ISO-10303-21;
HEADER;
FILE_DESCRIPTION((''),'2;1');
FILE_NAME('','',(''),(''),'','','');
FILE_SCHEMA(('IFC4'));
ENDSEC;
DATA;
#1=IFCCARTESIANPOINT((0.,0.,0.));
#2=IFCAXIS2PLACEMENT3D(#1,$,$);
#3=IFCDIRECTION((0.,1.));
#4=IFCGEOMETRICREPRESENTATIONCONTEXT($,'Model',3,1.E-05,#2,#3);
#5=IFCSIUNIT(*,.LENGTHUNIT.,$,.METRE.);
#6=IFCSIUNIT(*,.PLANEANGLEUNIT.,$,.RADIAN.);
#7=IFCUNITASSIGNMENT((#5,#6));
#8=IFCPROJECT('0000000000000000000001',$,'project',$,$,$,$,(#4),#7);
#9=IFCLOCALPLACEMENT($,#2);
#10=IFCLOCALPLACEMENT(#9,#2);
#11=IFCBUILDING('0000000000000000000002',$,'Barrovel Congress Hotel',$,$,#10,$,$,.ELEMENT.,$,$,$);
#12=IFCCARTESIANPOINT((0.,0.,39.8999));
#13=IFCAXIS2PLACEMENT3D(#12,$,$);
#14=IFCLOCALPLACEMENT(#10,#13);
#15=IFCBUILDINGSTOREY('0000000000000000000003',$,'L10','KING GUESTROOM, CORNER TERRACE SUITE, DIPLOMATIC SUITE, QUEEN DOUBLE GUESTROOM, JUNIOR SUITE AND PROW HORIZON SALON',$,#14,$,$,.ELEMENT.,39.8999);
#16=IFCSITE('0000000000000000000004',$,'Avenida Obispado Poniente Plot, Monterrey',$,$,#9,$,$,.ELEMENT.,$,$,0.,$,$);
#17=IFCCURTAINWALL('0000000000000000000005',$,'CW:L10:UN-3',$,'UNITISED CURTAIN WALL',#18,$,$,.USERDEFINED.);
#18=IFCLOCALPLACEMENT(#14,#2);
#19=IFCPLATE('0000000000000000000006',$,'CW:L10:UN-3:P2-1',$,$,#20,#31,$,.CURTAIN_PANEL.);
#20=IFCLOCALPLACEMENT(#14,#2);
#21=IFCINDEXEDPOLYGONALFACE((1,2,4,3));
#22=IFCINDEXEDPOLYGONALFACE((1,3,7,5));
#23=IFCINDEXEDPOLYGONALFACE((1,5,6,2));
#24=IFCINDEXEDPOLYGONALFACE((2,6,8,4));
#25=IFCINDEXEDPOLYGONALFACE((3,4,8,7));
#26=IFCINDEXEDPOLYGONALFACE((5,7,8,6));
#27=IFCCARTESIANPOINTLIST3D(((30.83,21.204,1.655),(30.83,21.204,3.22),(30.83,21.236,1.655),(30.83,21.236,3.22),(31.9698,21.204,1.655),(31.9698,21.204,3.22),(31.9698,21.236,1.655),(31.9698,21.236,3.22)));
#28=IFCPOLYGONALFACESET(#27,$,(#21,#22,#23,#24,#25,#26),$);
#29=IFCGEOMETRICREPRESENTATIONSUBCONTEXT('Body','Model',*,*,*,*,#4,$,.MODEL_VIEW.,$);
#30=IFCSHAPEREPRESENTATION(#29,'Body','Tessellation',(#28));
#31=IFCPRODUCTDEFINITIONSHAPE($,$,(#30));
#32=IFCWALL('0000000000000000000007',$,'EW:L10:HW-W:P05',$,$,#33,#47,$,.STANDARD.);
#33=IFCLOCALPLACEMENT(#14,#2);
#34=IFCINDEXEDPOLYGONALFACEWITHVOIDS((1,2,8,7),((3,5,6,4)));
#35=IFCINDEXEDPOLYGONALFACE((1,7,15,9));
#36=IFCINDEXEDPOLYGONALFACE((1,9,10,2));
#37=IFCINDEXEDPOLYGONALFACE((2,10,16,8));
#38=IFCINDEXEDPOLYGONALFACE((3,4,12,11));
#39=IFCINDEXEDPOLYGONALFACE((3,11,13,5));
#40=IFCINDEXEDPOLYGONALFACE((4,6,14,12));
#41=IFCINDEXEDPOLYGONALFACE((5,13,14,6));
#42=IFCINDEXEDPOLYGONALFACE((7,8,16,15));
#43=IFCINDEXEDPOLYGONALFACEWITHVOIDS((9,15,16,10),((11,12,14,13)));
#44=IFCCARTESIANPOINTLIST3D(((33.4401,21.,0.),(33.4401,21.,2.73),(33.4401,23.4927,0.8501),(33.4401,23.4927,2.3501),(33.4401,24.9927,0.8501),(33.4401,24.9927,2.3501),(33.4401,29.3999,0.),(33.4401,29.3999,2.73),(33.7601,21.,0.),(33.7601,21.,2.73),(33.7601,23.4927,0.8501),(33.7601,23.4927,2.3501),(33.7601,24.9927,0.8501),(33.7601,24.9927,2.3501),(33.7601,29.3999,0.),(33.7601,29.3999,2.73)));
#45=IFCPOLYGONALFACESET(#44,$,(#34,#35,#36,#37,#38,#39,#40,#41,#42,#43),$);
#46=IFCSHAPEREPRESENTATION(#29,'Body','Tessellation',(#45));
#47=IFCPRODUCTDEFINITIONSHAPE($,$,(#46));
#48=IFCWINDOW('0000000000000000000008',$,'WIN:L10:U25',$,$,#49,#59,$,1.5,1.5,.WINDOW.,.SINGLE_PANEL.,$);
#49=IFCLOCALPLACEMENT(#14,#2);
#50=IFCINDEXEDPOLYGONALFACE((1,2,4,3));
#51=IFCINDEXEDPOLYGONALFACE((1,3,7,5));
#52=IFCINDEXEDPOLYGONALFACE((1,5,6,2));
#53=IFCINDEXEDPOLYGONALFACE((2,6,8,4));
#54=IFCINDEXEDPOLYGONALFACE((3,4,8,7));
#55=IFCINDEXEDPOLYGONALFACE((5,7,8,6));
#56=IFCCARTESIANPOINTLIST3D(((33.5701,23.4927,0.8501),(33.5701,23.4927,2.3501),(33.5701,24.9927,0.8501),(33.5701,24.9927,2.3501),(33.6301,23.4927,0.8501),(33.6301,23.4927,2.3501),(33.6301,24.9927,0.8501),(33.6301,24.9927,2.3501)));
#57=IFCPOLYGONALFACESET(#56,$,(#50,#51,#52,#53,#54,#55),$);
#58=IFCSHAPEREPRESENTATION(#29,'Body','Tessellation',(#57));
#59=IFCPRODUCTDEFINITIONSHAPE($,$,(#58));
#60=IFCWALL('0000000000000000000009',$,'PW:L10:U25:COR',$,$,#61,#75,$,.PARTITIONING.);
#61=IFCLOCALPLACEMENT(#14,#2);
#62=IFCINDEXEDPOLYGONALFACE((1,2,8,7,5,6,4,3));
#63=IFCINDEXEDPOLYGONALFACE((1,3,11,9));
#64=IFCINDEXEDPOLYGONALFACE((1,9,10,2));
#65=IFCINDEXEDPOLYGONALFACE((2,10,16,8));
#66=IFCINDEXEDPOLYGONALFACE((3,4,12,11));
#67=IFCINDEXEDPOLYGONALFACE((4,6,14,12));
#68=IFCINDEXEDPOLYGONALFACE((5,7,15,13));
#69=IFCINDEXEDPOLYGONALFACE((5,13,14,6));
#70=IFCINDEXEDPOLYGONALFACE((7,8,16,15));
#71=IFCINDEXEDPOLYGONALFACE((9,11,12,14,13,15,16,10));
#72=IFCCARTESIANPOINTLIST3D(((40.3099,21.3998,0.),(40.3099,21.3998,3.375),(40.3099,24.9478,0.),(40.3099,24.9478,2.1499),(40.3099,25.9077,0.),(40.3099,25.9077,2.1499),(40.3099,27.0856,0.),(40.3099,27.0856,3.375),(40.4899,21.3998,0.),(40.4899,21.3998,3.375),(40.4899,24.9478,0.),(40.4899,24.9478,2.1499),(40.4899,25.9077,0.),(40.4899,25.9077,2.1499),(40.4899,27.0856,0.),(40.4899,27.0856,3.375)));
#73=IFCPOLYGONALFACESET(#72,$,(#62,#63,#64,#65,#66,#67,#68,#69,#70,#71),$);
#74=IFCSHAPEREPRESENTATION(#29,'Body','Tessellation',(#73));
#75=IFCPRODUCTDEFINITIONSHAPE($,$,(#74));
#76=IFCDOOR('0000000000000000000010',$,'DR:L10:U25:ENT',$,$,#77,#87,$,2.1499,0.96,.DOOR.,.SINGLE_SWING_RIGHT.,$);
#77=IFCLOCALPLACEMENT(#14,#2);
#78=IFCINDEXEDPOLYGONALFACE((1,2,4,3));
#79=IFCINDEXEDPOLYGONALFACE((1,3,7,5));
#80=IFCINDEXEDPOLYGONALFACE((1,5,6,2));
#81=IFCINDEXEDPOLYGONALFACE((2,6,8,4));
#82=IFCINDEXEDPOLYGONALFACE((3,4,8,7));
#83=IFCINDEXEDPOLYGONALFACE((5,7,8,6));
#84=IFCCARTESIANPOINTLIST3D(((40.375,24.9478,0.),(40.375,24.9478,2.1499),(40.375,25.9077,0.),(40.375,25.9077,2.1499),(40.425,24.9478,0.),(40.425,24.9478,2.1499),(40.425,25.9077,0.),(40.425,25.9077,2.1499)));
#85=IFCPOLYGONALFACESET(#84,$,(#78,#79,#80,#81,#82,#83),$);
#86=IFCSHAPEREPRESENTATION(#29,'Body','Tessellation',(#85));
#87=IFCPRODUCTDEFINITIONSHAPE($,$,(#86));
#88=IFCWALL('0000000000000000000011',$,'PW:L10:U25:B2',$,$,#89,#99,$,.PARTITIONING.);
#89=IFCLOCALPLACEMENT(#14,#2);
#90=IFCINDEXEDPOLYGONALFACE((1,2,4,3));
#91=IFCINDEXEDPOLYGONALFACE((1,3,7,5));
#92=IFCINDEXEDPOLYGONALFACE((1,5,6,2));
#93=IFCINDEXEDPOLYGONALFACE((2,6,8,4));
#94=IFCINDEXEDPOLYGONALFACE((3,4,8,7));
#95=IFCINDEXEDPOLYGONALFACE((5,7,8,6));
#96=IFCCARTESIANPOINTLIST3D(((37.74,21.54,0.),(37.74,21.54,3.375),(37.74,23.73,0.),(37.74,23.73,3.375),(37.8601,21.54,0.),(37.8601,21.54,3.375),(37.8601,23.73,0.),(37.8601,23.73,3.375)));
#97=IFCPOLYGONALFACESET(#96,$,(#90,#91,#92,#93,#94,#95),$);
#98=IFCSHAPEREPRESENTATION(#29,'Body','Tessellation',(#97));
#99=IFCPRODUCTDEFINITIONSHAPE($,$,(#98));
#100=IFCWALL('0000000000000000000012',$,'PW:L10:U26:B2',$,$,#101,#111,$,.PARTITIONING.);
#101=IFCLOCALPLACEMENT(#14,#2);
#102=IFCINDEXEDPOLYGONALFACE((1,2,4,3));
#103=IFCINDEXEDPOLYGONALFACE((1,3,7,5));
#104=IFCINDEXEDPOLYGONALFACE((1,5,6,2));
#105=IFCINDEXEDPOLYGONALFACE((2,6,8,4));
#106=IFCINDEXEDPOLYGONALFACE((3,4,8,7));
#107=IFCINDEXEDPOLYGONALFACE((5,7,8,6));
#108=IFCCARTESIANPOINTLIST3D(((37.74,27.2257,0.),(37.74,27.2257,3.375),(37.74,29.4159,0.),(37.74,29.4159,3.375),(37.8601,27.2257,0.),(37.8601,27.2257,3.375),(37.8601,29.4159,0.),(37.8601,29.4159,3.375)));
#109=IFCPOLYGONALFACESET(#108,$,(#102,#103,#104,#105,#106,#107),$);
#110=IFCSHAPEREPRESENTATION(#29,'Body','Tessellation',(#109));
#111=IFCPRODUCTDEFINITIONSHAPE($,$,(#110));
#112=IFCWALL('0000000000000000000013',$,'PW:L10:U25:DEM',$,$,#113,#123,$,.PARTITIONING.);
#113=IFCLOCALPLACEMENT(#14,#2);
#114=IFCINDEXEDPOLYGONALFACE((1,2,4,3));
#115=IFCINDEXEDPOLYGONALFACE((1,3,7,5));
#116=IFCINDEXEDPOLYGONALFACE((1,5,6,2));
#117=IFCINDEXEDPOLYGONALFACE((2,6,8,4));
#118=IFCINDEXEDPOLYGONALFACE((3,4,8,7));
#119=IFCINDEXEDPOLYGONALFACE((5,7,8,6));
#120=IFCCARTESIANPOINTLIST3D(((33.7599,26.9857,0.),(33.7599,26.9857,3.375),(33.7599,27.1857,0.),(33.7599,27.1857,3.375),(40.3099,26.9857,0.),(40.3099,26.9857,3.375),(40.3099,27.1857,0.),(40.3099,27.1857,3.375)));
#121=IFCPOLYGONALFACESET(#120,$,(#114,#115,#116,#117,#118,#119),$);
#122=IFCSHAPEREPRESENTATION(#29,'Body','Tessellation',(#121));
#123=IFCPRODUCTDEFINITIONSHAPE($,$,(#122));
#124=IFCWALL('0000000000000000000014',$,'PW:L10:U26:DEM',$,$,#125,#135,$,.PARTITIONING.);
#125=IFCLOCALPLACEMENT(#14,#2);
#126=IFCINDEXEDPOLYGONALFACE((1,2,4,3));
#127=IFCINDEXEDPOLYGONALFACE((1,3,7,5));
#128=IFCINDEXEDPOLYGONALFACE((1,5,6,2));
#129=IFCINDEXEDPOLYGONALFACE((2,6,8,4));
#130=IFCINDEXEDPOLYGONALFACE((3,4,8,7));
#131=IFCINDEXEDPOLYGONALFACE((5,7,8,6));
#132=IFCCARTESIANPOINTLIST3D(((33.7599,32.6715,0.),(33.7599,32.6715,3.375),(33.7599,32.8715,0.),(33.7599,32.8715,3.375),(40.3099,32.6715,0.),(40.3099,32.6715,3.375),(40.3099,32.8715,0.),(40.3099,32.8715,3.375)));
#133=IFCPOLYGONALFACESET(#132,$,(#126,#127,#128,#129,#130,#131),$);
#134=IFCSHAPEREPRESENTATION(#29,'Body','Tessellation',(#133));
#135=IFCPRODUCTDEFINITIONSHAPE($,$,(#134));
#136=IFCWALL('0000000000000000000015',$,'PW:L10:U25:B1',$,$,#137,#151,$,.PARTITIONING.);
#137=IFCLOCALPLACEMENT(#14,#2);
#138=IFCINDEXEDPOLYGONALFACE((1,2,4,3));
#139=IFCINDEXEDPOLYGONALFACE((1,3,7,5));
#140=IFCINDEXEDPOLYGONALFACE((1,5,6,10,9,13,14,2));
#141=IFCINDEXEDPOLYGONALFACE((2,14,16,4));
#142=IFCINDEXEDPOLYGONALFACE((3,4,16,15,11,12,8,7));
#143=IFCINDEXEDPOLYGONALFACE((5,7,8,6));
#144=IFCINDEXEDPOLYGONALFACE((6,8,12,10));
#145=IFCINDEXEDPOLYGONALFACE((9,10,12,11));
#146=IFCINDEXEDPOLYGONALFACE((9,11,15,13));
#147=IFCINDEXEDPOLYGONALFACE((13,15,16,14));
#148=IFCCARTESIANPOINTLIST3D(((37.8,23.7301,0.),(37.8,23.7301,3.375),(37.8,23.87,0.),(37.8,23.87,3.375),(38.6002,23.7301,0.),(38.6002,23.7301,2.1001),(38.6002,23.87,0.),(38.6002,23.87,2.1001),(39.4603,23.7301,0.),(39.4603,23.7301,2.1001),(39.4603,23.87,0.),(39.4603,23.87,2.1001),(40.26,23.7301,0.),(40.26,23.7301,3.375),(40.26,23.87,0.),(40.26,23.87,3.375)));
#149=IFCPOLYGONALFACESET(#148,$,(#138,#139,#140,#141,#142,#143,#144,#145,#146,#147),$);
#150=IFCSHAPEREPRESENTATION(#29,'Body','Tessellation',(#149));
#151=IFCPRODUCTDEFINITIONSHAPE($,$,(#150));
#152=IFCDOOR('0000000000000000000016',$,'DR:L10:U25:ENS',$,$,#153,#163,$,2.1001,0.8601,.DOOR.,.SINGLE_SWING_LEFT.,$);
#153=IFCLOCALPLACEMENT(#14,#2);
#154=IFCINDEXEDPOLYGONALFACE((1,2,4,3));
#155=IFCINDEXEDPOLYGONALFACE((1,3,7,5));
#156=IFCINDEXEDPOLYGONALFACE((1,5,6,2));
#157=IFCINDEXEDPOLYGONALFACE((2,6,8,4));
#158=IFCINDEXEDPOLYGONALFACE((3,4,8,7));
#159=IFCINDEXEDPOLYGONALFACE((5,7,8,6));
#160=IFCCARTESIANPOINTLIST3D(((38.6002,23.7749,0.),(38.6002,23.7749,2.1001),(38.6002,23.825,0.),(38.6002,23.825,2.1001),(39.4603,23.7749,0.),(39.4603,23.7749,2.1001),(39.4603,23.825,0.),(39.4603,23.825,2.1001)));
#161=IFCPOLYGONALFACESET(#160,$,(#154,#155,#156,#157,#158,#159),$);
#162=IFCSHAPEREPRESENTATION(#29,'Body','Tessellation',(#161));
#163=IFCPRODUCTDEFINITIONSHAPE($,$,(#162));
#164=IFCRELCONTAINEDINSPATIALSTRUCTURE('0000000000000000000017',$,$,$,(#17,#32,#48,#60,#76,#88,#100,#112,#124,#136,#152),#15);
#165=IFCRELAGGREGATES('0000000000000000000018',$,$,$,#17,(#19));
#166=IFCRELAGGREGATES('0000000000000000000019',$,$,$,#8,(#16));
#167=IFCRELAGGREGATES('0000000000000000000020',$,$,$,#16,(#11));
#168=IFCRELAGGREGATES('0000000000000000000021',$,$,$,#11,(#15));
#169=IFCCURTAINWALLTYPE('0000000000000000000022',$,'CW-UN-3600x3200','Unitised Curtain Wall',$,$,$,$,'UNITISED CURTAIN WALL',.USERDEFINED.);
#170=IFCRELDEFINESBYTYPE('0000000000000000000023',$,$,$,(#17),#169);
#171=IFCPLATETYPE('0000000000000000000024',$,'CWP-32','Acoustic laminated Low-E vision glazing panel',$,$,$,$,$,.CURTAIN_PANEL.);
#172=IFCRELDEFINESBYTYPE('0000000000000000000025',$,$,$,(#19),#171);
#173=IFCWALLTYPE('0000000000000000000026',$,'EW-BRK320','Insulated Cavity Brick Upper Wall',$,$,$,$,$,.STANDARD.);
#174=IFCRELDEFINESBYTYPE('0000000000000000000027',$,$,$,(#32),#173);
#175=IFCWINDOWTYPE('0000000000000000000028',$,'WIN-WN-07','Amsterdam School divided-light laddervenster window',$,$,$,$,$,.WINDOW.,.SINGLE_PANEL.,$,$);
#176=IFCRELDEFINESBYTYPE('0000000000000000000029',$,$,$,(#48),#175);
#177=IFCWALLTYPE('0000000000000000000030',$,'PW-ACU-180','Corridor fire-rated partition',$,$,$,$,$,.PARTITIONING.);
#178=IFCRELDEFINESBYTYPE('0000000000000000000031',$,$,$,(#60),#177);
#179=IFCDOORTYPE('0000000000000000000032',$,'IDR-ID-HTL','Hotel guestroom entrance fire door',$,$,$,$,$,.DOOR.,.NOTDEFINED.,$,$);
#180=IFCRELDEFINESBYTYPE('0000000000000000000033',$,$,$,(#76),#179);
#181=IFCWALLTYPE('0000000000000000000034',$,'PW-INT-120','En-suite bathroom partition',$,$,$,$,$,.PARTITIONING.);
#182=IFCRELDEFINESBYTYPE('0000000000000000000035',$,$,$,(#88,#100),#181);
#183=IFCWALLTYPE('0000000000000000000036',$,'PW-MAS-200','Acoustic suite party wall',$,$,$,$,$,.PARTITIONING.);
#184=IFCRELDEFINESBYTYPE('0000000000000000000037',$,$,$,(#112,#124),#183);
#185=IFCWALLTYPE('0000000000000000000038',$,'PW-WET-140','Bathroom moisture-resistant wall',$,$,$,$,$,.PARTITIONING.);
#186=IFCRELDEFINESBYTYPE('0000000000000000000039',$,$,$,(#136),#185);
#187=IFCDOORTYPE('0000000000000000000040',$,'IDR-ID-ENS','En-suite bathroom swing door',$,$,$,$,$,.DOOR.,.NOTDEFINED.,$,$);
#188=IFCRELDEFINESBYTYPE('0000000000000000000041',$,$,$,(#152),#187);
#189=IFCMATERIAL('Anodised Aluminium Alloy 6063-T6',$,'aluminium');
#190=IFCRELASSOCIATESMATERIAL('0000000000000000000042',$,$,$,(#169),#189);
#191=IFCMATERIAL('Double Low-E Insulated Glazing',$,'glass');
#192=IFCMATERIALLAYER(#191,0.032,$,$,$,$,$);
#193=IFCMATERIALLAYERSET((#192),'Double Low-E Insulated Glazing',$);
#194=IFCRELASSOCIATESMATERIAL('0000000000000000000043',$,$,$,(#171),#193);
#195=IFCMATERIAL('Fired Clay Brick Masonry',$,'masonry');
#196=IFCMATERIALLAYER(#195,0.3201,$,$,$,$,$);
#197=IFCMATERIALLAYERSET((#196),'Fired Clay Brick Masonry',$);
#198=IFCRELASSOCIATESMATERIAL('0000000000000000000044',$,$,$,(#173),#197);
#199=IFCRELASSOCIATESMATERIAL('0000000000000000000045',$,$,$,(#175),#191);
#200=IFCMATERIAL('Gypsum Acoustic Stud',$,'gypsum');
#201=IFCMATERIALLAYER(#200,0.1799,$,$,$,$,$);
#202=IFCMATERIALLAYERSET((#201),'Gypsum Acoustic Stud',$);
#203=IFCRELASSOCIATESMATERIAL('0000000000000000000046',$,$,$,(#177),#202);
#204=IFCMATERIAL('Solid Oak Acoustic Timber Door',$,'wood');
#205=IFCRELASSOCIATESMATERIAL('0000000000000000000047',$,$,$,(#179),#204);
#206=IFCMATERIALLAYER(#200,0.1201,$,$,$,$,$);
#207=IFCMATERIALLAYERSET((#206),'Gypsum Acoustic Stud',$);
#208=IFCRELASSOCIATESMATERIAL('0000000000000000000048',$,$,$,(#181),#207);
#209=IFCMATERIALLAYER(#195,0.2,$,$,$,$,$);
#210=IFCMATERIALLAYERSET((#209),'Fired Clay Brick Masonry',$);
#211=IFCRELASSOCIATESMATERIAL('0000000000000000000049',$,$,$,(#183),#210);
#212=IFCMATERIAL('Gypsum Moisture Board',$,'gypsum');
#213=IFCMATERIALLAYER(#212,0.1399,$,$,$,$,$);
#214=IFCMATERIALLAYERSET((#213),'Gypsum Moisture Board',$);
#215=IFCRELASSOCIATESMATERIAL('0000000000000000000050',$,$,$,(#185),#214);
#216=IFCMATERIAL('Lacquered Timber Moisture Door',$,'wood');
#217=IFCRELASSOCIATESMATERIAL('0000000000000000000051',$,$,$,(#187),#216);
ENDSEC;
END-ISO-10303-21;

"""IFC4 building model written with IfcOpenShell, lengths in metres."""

from ifc_helpers import new_model, si_unit, direction, frame, frame_2d, origin, origin_2d, place, context, subcontext, project, spatial, rectangle, extrude, material, layer, layer_set, type_object, element, fill, aggregate, save


model = new_model("IFC4")

# Units and contexts
model_context = context("Model", 3, precision=1e-05, world=origin(), true_north=direction((0.0, 1.0)))
body_context = subcontext(model_context, "Body", "Model", "MODEL_VIEW")
ifc_project = project(units=[si_unit("LENGTHUNIT", "METRE"), si_unit("PLANEANGLEUNIT", "RADIAN")], contexts=[model_context])

# Site, building, storey
site_placement = place(None, origin())
site = spatial("IfcSite", under=ifc_project, at=site_placement, Name="Avenida Obispado Poniente Plot, Monterrey", CompositionType="ELEMENT", RefElevation=0.0)
building_placement = place(site_placement, origin())
building = spatial("IfcBuilding", under=site, at=building_placement, Name="Barrovel Congress Hotel", CompositionType="ELEMENT")
storey_placement = place(building_placement, frame((0.0, 0.0, 39.8999)))
storey = spatial("IfcBuildingStorey", under=building, at=storey_placement, Name="L10", Description="KING GUESTROOM, CORNER TERRACE SUITE, DIPLOMATIC SUITE, QUEEN DOUBLE GUESTROOM, JUNIOR SUITE AND PROW HORIZON SALON", CompositionType="ELEMENT", Elevation=39.8999)

# Curtain wall
ifc_material_1 = material(Name="Anodised Aluminium Alloy 6063-T6", Category="aluminium")
curtain_wall_type = type_object("IfcCurtainWallType", Name="CW-UN-3600x3200", Description="Unitised Curtain Wall", ElementType="UNITISED CURTAIN WALL", PredefinedType="USERDEFINED", material=ifc_material_1)
curtain_wall_placement = place(storey_placement, origin())
curtain_wall = element("IfcCurtainWall", 1, at=curtain_wall_placement, inside=storey, type_object=curtain_wall_type, Name="CW:L10:UN-3", ObjectType="UNITISED CURTAIN WALL", PredefinedType="USERDEFINED")

# Plate
ifc_material_2 = material(Name="Double Low-E Insulated Glazing", Category="glass")
ifc_layer_1 = layer(ifc_material_2, 0.032)
ifc_layer_set_1 = layer_set([ifc_layer_1], Name="Double Low-E Insulated Glazing")
plate_type = type_object("IfcPlateType", Name="CWP-32", Description="Acoustic laminated Low-E vision glazing panel", PredefinedType="CURTAIN_PANEL", material=ifc_layer_set_1)
plate_placement = place(storey_placement, frame((31.3999, 21.22, 1.655), z_axis=(0.0, 0.0, 1.0), x_axis=(1.0, 0.0, 0.0)))
plate = element("IfcPlate", 2, at=plate_placement, type_object=plate_type, Name="CW:L10:UN-3:P2-1", PredefinedType="CURTAIN_PANEL", context=body_context, shape_type="SweptSolid", body=[
    extrude(rectangle(XDim=1.1399, YDim=0.032, at=origin_2d()), origin(), (0.0, 0.0, 1.0), 1.5649),
])
aggregate(curtain_wall, [plate])

# Wall, opening, window
ifc_material_3 = material(Name="Fired Clay Brick Masonry", Category="masonry")
ifc_layer_2 = layer(ifc_material_3, 0.3201)
ifc_layer_set_2 = layer_set([ifc_layer_2], Name="Fired Clay Brick Masonry")
wall_type_1 = type_object("IfcWallType", Name="EW-BRK320", Description="Insulated Cavity Brick Upper Wall", PredefinedType="STANDARD", material=ifc_layer_set_2)
wall_1_placement = place(storey_placement, frame((33.6001, 29.3999, 0.0), z_axis=(0.0, 0.0, 1.0), x_axis=(0.0, -1.0, 0.0)))
wall_1 = element("IfcWall", 3, at=wall_1_placement, inside=storey, type_object=wall_type_1, Name="EW:L10:HW-W:P05", PredefinedType="STANDARD", context=body_context, shape_type="SweptSolid", body=[
    extrude(rectangle(XDim=8.3999, YDim=0.3201, at=frame_2d((4.2, 0.0))), origin(), (0.0, 0.0, 1.0), 2.73),
])
opening_1_placement = place(wall_1_placement, frame((4.4072, 0.0, 0.8501)))
opening_1 = element("IfcOpeningElement", 4, at=opening_1_placement, cuts=wall_1, PredefinedType="OPENING", context=body_context, shape_type="SweptSolid", body=[
    extrude(rectangle(XDim=1.5, YDim=1.5, at=frame_2d((0.75, 0.75))), frame((0.0, 0.1699, 0.0), z_axis=(0.0, -1.0, 0.0), x_axis=(1.0, 0.0, 0.0)), (0.0, 0.0, 1.0), 0.3401),
])
window_type = type_object("IfcWindowType", Name="WIN-WN-07", Description="Amsterdam School divided-light laddervenster window", PartitioningType="SINGLE_PANEL", PredefinedType="WINDOW", material=ifc_material_2)
window_placement = place(opening_1_placement, origin())
window = element("IfcWindow", 5, at=window_placement, inside=storey, type_object=window_type, Name="WIN:L10:U25", OverallHeight=1.5, OverallWidth=1.5, PartitioningType="SINGLE_PANEL", PredefinedType="WINDOW", context=body_context, shape_type="SweptSolid", body=[
    extrude(rectangle(XDim=1.5, YDim=1.5, at=frame_2d((0.75, 0.75))), frame((0.0, 0.03, 0.0), z_axis=(0.0, -1.0, 0.0), x_axis=(1.0, 0.0, 0.0)), (0.0, 0.0, 1.0), 0.0601),
])
fill(opening_1, window)

# Wall, opening, door
ifc_material_4 = material(Name="Gypsum Acoustic Stud", Category="gypsum")
ifc_layer_3 = layer(ifc_material_4, 0.1799)
ifc_layer_set_3 = layer_set([ifc_layer_3], Name="Gypsum Acoustic Stud")
wall_type_2 = type_object("IfcWallType", Name="PW-ACU-180", Description="Corridor fire-rated partition", PredefinedType="PARTITIONING", material=ifc_layer_set_3)
wall_2_placement = place(storey_placement, frame((40.3999, 21.3999, 0.0), z_axis=(0.0, 0.0, 1.0), x_axis=(0.0, 1.0, 0.0)))
wall_2 = element("IfcWall", 6, at=wall_2_placement, inside=storey, type_object=wall_type_2, Name="PW:L10:U25:COR", PredefinedType="PARTITIONING", context=body_context, shape_type="SweptSolid", body=[
    extrude(rectangle(XDim=5.6858, YDim=0.1799, at=frame_2d((2.8428, 0.0))), origin(), (0.0, 0.0, 1.0), 3.375),
])
opening_2_placement = place(wall_2_placement, frame((3.5479, 0.0, 0.0)))
opening_2 = element("IfcOpeningElement", 7, at=opening_2_placement, cuts=wall_2, PredefinedType="OPENING", context=body_context, shape_type="SweptSolid", body=[
    extrude(rectangle(XDim=0.96, YDim=2.1499, at=frame_2d((0.48, 1.075))), frame((0.0, 0.1001, 0.0), z_axis=(0.0, -1.0, 0.0), x_axis=(1.0, 0.0, 0.0)), (0.0, 0.0, 1.0), 0.2),
])
ifc_material_5 = material(Name="Solid Oak Acoustic Timber Door", Category="wood")
door_type_1 = type_object("IfcDoorType", Name="IDR-ID-HTL", Description="Hotel guestroom entrance fire door", OperationType="NOTDEFINED", PredefinedType="DOOR", material=ifc_material_5)
door_1_placement = place(opening_2_placement, origin())
door_1 = element("IfcDoor", 8, at=door_1_placement, inside=storey, type_object=door_type_1, Name="DR:L10:U25:ENT", OperationType="SINGLE_SWING_RIGHT", OverallHeight=2.1499, OverallWidth=0.96, PredefinedType="DOOR", context=body_context, shape_type="SweptSolid", body=[
    extrude(rectangle(XDim=0.96, YDim=2.1499, at=frame_2d((0.48, 1.075))), frame((0.0, 0.0249, 0.0), z_axis=(0.0, -1.0, 0.0), x_axis=(1.0, 0.0, 0.0)), (0.0, 0.0, 1.0), 0.05),
])
fill(opening_2, door_1)

# Walls
ifc_layer_4 = layer(ifc_material_4, 0.1201)
ifc_layer_set_4 = layer_set([ifc_layer_4], Name="Gypsum Acoustic Stud")
wall_type_3 = type_object("IfcWallType", Name="PW-INT-120", Description="En-suite bathroom partition", PredefinedType="PARTITIONING", material=ifc_layer_set_4)
wall_3_placement = place(storey_placement, frame((37.8, 21.54, 0.0), z_axis=(0.0, 0.0, 1.0), x_axis=(0.0, 1.0, 0.0)))
element("IfcWall", 9, at=wall_3_placement, inside=storey, type_object=wall_type_3, Name="PW:L10:U25:B2", PredefinedType="PARTITIONING", context=body_context, shape_type="SweptSolid", body=[
    extrude(rectangle(XDim=2.1899, YDim=0.1201, at=frame_2d((1.095, 0.0))), origin(), (0.0, 0.0, 1.0), 3.375),
])
wall_4_placement = place(storey_placement, frame((37.8, 27.2256, 0.0), z_axis=(0.0, 0.0, 1.0), x_axis=(0.0, 1.0, 0.0)))
element("IfcWall", 10, at=wall_4_placement, inside=storey, type_object=wall_type_3, Name="PW:L10:U26:B2", PredefinedType="PARTITIONING", context=body_context, shape_type="SweptSolid", body=[
    extrude(rectangle(XDim=2.1902, YDim=0.1201, at=frame_2d((1.0952, 0.0))), origin(), (0.0, 0.0, 1.0), 3.375),
])
ifc_layer_5 = layer(ifc_material_3, 0.2)
ifc_layer_set_5 = layer_set([ifc_layer_5], Name="Fired Clay Brick Masonry")
wall_type_4 = type_object("IfcWallType", Name="PW-MAS-200", Description="Acoustic suite party wall", PredefinedType="PARTITIONING", material=ifc_layer_set_5)
for number, where, z_axis, x_axis, name in (
    (11, (33.76, 27.0857, 0.0), (0.0, 0.0, 1.0), (1.0, 0.0, 0.0), "PW:L10:U25:DEM"),
    (12, (33.76, 32.7715, 0.0), (0.0, 0.0, 1.0), (1.0, 0.0, 0.0), "PW:L10:U26:DEM"),
):
    element("IfcWall", number, at=place(storey_placement, frame(where, z_axis=z_axis, x_axis=x_axis)), inside=storey, type_object=wall_type_4, Name=name, PredefinedType="PARTITIONING", context=body_context, shape_type="SweptSolid", body=[
        extrude(rectangle(XDim=6.55, YDim=0.2, at=frame_2d((3.2749, 0.0))), origin(), (0.0, 0.0, 1.0), 3.375),
    ])

# Wall, opening, door
ifc_material_6 = material(Name="Gypsum Moisture Board", Category="gypsum")
ifc_layer_6 = layer(ifc_material_6, 0.1399)
ifc_layer_set_6 = layer_set([ifc_layer_6], Name="Gypsum Moisture Board")
wall_type_5 = type_object("IfcWallType", Name="PW-WET-140", Description="Bathroom moisture-resistant wall", PredefinedType="PARTITIONING", material=ifc_layer_set_6)
wall_5_placement = place(storey_placement, frame((37.8, 23.8, 0.0), z_axis=(0.0, 0.0, 1.0), x_axis=(1.0, 0.0, 0.0)))
wall_5 = element("IfcWall", 13, at=wall_5_placement, inside=storey, type_object=wall_type_5, Name="PW:L10:U25:B1", PredefinedType="PARTITIONING", context=body_context, shape_type="SweptSolid", body=[
    extrude(rectangle(XDim=2.46, YDim=0.1399, at=frame_2d((1.23, 0.0))), origin(), (0.0, 0.0, 1.0), 3.375),
])
opening_3_placement = place(wall_5_placement, frame((0.8, 0.0, 0.0)))
opening_3 = element("IfcOpeningElement", 14, at=opening_3_placement, cuts=wall_5, PredefinedType="OPENING", context=body_context, shape_type="SweptSolid", body=[
    extrude(rectangle(XDim=0.8601, YDim=2.1001, at=frame_2d((0.4302, 1.05))), frame((0.0, 0.0801, 0.0), z_axis=(0.0, -1.0, 0.0), x_axis=(1.0, 0.0, 0.0)), (0.0, 0.0, 1.0), 0.1599),
])
ifc_material_7 = material(Name="Lacquered Timber Moisture Door", Category="wood")
door_type_2 = type_object("IfcDoorType", Name="IDR-ID-ENS", Description="En-suite bathroom swing door", OperationType="NOTDEFINED", PredefinedType="DOOR", material=ifc_material_7)
door_2_placement = place(opening_3_placement, origin())
door_2 = element("IfcDoor", 15, at=door_2_placement, inside=storey, type_object=door_type_2, Name="DR:L10:U25:ENS", OperationType="SINGLE_SWING_LEFT", OverallHeight=2.1001, OverallWidth=0.8601, PredefinedType="DOOR", context=body_context, shape_type="SweptSolid", body=[
    extrude(rectangle(XDim=0.8601, YDim=2.1001, at=frame_2d((0.4302, 1.05))), frame((0.0, 0.0249, 0.0), z_axis=(0.0, -1.0, 0.0), x_axis=(1.0, 0.0, 0.0)), (0.0, 0.0, 1.0), 0.05),
])
fill(opening_3, door_2)

save(model, "model.ifc")
